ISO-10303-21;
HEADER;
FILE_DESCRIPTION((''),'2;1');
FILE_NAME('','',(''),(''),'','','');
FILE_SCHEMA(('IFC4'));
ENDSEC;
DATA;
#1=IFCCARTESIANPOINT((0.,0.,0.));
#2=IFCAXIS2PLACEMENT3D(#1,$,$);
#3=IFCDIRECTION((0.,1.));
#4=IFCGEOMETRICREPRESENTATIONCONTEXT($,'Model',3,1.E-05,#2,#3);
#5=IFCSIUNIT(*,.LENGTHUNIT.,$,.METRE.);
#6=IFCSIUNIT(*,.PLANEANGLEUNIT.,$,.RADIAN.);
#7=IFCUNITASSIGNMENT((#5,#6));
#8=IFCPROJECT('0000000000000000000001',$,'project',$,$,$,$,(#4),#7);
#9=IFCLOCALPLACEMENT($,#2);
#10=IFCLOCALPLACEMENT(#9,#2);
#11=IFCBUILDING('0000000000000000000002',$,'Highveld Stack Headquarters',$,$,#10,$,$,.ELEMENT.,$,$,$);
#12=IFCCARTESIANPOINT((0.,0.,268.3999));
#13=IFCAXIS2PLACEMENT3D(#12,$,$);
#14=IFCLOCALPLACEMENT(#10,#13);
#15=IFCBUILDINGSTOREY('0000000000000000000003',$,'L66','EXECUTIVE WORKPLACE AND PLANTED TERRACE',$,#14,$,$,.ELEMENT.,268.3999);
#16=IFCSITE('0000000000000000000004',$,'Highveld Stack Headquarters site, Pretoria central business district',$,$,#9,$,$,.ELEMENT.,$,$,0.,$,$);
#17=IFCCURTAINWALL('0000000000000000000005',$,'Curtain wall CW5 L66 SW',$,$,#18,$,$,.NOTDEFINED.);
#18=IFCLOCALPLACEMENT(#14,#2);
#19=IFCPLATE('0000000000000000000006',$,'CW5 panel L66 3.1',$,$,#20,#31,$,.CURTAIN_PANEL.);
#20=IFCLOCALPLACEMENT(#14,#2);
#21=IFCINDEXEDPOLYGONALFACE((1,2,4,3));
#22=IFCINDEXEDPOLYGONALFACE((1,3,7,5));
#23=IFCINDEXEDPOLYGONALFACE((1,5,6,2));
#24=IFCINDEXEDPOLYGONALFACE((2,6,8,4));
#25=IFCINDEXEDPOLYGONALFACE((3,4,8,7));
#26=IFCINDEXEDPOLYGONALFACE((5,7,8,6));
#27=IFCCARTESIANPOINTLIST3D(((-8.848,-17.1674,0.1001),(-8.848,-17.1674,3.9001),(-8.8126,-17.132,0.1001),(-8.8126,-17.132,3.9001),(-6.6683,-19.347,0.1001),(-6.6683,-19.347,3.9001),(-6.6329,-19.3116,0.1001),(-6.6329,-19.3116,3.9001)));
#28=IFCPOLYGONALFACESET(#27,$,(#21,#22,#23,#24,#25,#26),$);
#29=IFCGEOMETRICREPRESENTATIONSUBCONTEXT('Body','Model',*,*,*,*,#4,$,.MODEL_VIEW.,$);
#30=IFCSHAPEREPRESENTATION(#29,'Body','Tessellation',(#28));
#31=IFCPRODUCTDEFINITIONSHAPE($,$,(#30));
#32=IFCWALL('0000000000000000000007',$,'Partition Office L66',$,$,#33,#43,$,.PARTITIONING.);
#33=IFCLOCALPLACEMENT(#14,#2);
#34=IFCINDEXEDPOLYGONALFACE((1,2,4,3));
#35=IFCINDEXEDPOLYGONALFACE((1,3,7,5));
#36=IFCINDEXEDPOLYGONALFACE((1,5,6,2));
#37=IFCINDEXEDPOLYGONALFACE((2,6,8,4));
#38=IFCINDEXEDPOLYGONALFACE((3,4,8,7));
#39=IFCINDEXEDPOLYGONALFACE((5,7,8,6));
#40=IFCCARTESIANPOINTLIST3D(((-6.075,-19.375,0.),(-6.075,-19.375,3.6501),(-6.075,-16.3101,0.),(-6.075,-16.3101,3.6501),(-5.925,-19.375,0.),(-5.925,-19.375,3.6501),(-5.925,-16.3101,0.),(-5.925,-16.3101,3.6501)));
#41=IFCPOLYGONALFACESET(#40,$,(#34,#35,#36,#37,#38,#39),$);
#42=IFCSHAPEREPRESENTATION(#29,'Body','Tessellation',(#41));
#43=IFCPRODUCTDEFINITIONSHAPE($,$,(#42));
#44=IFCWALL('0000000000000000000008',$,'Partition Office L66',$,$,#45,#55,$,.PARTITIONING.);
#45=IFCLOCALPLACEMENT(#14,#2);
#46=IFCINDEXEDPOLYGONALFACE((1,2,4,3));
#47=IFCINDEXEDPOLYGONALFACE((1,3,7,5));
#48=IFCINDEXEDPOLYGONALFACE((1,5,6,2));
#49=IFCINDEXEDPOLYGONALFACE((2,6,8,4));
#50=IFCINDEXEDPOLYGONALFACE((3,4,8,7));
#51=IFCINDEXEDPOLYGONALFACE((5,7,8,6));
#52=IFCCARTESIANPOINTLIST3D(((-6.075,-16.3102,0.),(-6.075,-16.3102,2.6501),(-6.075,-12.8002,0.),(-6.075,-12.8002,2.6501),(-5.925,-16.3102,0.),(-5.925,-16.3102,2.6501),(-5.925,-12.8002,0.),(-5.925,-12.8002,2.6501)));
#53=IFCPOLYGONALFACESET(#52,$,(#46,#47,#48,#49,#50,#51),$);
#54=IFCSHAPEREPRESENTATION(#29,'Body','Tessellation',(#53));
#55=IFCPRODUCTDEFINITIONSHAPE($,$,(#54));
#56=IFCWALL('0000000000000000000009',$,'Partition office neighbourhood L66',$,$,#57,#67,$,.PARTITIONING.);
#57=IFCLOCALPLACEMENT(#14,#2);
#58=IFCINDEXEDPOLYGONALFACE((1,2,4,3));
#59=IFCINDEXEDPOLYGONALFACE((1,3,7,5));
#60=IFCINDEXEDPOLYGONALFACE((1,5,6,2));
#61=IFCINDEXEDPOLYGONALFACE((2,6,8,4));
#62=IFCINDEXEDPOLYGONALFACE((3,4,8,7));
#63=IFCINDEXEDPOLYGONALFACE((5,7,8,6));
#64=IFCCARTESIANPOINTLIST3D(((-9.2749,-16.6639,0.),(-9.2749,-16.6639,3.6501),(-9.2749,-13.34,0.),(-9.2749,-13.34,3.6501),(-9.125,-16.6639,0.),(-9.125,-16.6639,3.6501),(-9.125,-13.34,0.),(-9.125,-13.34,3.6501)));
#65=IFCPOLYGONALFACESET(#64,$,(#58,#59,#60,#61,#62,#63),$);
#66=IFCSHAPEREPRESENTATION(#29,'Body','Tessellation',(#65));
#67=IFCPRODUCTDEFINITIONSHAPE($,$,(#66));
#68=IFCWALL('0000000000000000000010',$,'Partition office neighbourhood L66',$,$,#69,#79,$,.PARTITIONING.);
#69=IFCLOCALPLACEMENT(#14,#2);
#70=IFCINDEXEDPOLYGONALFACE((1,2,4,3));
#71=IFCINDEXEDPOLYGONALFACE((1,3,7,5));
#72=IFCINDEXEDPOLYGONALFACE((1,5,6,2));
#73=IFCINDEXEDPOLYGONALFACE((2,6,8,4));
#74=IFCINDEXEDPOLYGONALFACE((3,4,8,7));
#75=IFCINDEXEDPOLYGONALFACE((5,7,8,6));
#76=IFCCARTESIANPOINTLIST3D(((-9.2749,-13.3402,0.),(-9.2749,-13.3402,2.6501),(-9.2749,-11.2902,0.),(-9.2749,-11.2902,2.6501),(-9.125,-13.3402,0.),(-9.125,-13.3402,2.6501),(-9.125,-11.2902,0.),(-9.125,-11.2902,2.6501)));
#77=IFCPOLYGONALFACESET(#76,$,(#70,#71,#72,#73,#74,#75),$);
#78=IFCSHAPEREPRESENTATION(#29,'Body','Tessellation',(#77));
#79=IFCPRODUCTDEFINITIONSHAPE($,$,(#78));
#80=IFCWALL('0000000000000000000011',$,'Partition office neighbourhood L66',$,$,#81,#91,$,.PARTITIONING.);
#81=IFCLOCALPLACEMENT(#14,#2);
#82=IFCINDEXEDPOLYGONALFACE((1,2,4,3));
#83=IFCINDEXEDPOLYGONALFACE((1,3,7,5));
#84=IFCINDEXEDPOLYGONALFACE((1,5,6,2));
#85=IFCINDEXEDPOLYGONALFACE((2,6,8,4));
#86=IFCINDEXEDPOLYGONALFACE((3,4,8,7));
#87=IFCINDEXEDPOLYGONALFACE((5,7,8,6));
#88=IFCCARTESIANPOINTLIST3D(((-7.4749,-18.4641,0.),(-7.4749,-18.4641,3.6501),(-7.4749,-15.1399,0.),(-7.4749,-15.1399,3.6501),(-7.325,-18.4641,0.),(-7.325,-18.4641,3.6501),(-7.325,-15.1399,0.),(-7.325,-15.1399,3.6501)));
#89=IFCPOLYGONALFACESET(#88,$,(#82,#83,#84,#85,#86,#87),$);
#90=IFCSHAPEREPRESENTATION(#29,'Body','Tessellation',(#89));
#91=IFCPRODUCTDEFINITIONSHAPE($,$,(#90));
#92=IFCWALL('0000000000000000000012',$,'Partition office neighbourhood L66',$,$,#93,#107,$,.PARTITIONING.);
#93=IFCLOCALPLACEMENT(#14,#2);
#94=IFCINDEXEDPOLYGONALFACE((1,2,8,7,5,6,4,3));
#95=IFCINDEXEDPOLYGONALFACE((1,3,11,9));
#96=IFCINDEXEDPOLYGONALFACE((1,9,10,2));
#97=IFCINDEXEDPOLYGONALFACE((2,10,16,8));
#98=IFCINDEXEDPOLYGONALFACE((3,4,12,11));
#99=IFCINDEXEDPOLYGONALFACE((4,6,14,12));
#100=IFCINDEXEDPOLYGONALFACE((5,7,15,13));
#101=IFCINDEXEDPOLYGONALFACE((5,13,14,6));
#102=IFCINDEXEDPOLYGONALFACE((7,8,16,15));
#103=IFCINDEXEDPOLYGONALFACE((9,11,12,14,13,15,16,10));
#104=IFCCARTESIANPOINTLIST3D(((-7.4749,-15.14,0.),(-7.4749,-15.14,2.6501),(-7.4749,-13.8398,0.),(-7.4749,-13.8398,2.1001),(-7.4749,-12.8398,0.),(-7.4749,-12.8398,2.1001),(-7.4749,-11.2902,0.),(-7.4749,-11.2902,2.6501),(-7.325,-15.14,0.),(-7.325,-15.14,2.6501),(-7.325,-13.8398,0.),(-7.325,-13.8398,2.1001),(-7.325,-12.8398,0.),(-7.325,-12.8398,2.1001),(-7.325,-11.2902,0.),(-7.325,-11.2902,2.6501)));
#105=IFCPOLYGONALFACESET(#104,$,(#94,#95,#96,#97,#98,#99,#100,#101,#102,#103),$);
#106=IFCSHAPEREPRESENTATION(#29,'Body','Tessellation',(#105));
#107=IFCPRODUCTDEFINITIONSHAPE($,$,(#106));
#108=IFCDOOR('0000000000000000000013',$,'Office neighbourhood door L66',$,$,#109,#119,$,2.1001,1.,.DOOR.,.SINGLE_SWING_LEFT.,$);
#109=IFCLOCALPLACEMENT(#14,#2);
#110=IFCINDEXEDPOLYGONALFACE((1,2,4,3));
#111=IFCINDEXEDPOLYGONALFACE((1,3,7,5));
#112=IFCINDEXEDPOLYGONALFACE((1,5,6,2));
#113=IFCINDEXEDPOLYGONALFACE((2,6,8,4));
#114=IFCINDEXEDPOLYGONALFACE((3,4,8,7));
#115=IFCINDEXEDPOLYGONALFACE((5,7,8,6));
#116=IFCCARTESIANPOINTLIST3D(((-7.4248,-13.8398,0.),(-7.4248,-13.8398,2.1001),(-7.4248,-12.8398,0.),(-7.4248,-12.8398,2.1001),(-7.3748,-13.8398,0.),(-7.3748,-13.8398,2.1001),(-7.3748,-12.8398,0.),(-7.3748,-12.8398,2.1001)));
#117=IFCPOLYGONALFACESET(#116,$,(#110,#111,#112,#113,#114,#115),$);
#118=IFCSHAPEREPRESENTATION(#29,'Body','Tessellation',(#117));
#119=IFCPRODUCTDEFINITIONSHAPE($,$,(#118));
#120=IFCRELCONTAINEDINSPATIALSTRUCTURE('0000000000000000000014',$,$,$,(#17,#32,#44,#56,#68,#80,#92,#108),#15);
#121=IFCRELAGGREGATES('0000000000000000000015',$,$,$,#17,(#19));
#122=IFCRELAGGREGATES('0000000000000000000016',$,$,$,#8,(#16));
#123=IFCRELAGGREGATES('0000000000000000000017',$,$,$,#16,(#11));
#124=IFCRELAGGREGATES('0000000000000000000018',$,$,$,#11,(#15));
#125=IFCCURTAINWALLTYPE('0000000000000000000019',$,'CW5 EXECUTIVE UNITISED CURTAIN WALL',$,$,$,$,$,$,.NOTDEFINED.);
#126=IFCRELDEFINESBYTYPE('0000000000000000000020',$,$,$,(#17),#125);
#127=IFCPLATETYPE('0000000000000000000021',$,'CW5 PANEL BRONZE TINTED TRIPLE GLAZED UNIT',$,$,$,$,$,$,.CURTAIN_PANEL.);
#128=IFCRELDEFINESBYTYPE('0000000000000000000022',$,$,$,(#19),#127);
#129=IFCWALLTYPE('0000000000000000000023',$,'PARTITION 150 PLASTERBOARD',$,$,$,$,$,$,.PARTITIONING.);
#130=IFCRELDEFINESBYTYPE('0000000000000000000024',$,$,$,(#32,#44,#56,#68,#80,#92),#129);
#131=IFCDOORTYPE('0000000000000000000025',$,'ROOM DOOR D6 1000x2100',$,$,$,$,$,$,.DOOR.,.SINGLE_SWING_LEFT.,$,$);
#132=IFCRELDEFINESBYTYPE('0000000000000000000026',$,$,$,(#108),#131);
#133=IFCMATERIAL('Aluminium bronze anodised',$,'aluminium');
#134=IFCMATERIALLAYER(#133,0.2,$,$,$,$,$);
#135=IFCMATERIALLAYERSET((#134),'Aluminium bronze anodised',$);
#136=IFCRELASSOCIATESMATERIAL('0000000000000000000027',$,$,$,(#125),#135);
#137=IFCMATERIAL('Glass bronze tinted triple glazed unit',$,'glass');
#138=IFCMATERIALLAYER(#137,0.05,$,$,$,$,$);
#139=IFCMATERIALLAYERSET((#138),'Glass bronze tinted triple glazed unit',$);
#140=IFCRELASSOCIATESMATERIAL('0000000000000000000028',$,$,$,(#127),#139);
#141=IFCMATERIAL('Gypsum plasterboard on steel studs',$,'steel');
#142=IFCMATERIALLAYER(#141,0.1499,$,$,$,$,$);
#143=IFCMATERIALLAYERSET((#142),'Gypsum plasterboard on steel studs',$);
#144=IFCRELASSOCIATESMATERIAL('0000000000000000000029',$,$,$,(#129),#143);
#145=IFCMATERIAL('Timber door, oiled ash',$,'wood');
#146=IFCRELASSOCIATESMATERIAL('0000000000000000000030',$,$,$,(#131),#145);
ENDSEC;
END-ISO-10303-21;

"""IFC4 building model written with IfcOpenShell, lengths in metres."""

from ifc_helpers import new_model, si_unit, direction, frame, frame_2d, origin, origin_2d, place, context, subcontext, project, spatial, rectangle, extrude, material, layer, layer_set, type_object, element, fill, aggregate, save


model = new_model("IFC4")

# Units and contexts
model_context = context("Model", 3, precision=1e-05, world=origin(), true_north=direction((0.0, 1.0)))
body_context = subcontext(model_context, "Body", "Model", "MODEL_VIEW")
ifc_project = project(units=[si_unit("LENGTHUNIT", "METRE"), si_unit("PLANEANGLEUNIT", "RADIAN")], contexts=[model_context])

# Site, building, storey
site_placement = place(None, origin())
site = spatial("IfcSite", under=ifc_project, at=site_placement, Name="Highveld Stack Headquarters site, Pretoria central business district", CompositionType="ELEMENT", RefElevation=0.0)
building_placement = place(site_placement, origin())
building = spatial("IfcBuilding", under=site, at=building_placement, Name="Highveld Stack Headquarters", CompositionType="ELEMENT")
storey_placement = place(building_placement, frame((0.0, 0.0, 268.3999)))
storey = spatial("IfcBuildingStorey", under=building, at=storey_placement, Name="L66", Description="EXECUTIVE WORKPLACE AND PLANTED TERRACE", CompositionType="ELEMENT", Elevation=268.3999)

# Shared definitions
ifc_material_1 = material(Name="Aluminium bronze anodised", Category="aluminium")
ifc_layer_1 = layer(ifc_material_1, 0.2)
ifc_layer_set_1 = layer_set([ifc_layer_1], Name="Aluminium bronze anodised")
curtain_wall_type = type_object("IfcCurtainWallType", Name="CW5 EXECUTIVE UNITISED CURTAIN WALL", PredefinedType="NOTDEFINED", material=ifc_layer_set_1)

# Curtain wall
curtain_wall_1_placement = place(storey_placement, origin())
curtain_wall_1 = element("IfcCurtainWall", 1, at=curtain_wall_1_placement, inside=storey, type_object=curtain_wall_type, Name="Curtain wall CW5 L66 SW", PredefinedType="NOTDEFINED")

# Plate
ifc_material_2 = material(Name="Glass bronze tinted triple glazed unit", Category="glass")
ifc_layer_2 = layer(ifc_material_2, 0.05)
ifc_layer_set_2 = layer_set([ifc_layer_2], Name="Glass bronze tinted triple glazed unit")
plate_type = type_object("IfcPlateType", Name="CW5 PANEL BRONZE TINTED TRIPLE GLAZED UNIT", PredefinedType="CURTAIN_PANEL", material=ifc_layer_set_2)
plate_1_placement = place(storey_placement, frame((-7.7405, -18.2395, 0.1001), z_axis=(0.0, 0.0, 1.0), x_axis=(0.707107, -0.707107, 0.0)))
plate_1 = element("IfcPlate", 2, at=plate_1_placement, type_object=plate_type, Name="CW5 panel L66 3.1", PredefinedType="CURTAIN_PANEL", context=body_context, shape_type="SweptSolid", body=[
    extrude(rectangle(XDim=3.0825, YDim=0.05, at=origin_2d()), origin(), (0.0, 0.0, 1.0), 3.8),
])
aggregate(curtain_wall_1, [plate_1])

# Walls
ifc_material_3 = material(Name="Gypsum plasterboard on steel studs", Category="steel")
ifc_layer_3 = layer(ifc_material_3, 0.1499)
ifc_layer_set_3 = layer_set([ifc_layer_3], Name="Gypsum plasterboard on steel studs")
wall_type = type_object("IfcWallType", Name="PARTITION 150 PLASTERBOARD", PredefinedType="PARTITIONING", material=ifc_layer_set_3)
wall_1_placement = place(storey_placement, frame((-6.0, -19.375, 0.0), z_axis=(0.0, 0.0, 1.0), x_axis=(0.0, 1.0, 0.0)))
element("IfcWall", 3, at=wall_1_placement, inside=storey, type_object=wall_type, Name="Partition Office L66", PredefinedType="PARTITIONING", context=body_context, shape_type="SweptSolid", body=[
    extrude(rectangle(XDim=3.0649, YDim=0.1499, at=frame_2d((1.5325, 0.0))), origin(), (0.0, 0.0, 1.0), 3.6501),
])
wall_2_placement = place(storey_placement, frame((-6.0, -16.3101, 0.0), z_axis=(0.0, 0.0, 1.0), x_axis=(0.0, 1.0, 0.0)))
element("IfcWall", 4, at=wall_2_placement, inside=storey, type_object=wall_type, Name="Partition Office L66", PredefinedType="PARTITIONING", context=body_context, shape_type="SweptSolid", body=[
    extrude(rectangle(XDim=3.51, YDim=0.1499, at=frame_2d((1.7549, 0.0))), origin(), (0.0, 0.0, 1.0), 2.6501),
])
wall_3_placement = place(storey_placement, frame((-9.2, -16.6641, 0.0), z_axis=(0.0, 0.0, 1.0), x_axis=(0.0, 1.0, 0.0)))
element("IfcWall", 5, at=wall_3_placement, inside=storey, type_object=wall_type, Name="Partition office neighbourhood L66", PredefinedType="PARTITIONING", context=body_context, shape_type="SweptSolid", body=[
    extrude(rectangle(XDim=3.324, YDim=0.1499, at=frame_2d((1.6621, 0.0))), origin(), (0.0, 0.0, 1.0), 3.6501),
])
wall_4_placement = place(storey_placement, frame((-9.2, -13.3401, 0.0), z_axis=(0.0, 0.0, 1.0), x_axis=(0.0, 1.0, 0.0)))
element("IfcWall", 6, at=wall_4_placement, inside=storey, type_object=wall_type, Name="Partition office neighbourhood L66", PredefinedType="PARTITIONING", context=body_context, shape_type="SweptSolid", body=[
    extrude(rectangle(XDim=2.05, YDim=0.1499, at=frame_2d((1.0249, 0.0))), origin(), (0.0, 0.0, 1.0), 2.6501),
])
wall_5_placement = place(storey_placement, frame((-7.3999, -18.4641, 0.0), z_axis=(0.0, 0.0, 1.0), x_axis=(0.0, 1.0, 0.0)))
element("IfcWall", 7, at=wall_5_placement, inside=storey, type_object=wall_type, Name="Partition office neighbourhood L66", PredefinedType="PARTITIONING", context=body_context, shape_type="SweptSolid", body=[
    extrude(rectangle(XDim=3.3242, YDim=0.1499, at=frame_2d((1.6621, 0.0))), origin(), (0.0, 0.0, 1.0), 3.6501),
])

# Wall, opening, door
wall_6_placement = place(storey_placement, frame((-7.3999, -15.1399, 0.0), z_axis=(0.0, 0.0, 1.0), x_axis=(0.0, 1.0, 0.0)))
wall_6 = element("IfcWall", 8, at=wall_6_placement, inside=storey, type_object=wall_type, Name="Partition office neighbourhood L66", PredefinedType="PARTITIONING", context=body_context, shape_type="SweptSolid", body=[
    extrude(rectangle(XDim=3.8499, YDim=0.1499, at=frame_2d((1.9248, 0.0))), origin(), (0.0, 0.0, 1.0), 2.6501),
])
opening_placement = place(wall_6_placement, frame((1.3, 0.0, 0.0)))
opening = element("IfcOpeningElement", 9, at=opening_placement, cuts=wall_6, PredefinedType="OPENING", context=body_context, shape_type="SweptSolid", body=[
    extrude(rectangle(XDim=1.0, YDim=2.1001, at=frame_2d((0.5, 1.05))), frame((0.0, 0.085, 0.0), z_axis=(0.0, -1.0, 0.0), x_axis=(1.0, 0.0, 0.0)), (0.0, 0.0, 1.0), 0.1699),
])
ifc_material_4 = material(Name="Timber door, oiled ash", Category="wood")
door_type = type_object("IfcDoorType", Name="ROOM DOOR D6 1000x2100", OperationType="SINGLE_SWING_LEFT", PredefinedType="DOOR", material=ifc_material_4)
door_placement = place(opening_placement, origin())
door = element("IfcDoor", 10, at=door_placement, inside=storey, type_object=door_type, Name="Office neighbourhood door L66", OperationType="SINGLE_SWING_LEFT", OverallHeight=2.1001, OverallWidth=1.0, PredefinedType="DOOR", context=body_context, shape_type="SweptSolid", body=[
    extrude(rectangle(XDim=1.0, YDim=2.1001, at=frame_2d((0.5, 1.05))), frame((0.0, 0.0249, 0.0), z_axis=(0.0, -1.0, 0.0), x_axis=(1.0, 0.0, 0.0)), (0.0, 0.0, 1.0), 0.05),
])
fill(opening, door)

save(model, "model.ifc")
